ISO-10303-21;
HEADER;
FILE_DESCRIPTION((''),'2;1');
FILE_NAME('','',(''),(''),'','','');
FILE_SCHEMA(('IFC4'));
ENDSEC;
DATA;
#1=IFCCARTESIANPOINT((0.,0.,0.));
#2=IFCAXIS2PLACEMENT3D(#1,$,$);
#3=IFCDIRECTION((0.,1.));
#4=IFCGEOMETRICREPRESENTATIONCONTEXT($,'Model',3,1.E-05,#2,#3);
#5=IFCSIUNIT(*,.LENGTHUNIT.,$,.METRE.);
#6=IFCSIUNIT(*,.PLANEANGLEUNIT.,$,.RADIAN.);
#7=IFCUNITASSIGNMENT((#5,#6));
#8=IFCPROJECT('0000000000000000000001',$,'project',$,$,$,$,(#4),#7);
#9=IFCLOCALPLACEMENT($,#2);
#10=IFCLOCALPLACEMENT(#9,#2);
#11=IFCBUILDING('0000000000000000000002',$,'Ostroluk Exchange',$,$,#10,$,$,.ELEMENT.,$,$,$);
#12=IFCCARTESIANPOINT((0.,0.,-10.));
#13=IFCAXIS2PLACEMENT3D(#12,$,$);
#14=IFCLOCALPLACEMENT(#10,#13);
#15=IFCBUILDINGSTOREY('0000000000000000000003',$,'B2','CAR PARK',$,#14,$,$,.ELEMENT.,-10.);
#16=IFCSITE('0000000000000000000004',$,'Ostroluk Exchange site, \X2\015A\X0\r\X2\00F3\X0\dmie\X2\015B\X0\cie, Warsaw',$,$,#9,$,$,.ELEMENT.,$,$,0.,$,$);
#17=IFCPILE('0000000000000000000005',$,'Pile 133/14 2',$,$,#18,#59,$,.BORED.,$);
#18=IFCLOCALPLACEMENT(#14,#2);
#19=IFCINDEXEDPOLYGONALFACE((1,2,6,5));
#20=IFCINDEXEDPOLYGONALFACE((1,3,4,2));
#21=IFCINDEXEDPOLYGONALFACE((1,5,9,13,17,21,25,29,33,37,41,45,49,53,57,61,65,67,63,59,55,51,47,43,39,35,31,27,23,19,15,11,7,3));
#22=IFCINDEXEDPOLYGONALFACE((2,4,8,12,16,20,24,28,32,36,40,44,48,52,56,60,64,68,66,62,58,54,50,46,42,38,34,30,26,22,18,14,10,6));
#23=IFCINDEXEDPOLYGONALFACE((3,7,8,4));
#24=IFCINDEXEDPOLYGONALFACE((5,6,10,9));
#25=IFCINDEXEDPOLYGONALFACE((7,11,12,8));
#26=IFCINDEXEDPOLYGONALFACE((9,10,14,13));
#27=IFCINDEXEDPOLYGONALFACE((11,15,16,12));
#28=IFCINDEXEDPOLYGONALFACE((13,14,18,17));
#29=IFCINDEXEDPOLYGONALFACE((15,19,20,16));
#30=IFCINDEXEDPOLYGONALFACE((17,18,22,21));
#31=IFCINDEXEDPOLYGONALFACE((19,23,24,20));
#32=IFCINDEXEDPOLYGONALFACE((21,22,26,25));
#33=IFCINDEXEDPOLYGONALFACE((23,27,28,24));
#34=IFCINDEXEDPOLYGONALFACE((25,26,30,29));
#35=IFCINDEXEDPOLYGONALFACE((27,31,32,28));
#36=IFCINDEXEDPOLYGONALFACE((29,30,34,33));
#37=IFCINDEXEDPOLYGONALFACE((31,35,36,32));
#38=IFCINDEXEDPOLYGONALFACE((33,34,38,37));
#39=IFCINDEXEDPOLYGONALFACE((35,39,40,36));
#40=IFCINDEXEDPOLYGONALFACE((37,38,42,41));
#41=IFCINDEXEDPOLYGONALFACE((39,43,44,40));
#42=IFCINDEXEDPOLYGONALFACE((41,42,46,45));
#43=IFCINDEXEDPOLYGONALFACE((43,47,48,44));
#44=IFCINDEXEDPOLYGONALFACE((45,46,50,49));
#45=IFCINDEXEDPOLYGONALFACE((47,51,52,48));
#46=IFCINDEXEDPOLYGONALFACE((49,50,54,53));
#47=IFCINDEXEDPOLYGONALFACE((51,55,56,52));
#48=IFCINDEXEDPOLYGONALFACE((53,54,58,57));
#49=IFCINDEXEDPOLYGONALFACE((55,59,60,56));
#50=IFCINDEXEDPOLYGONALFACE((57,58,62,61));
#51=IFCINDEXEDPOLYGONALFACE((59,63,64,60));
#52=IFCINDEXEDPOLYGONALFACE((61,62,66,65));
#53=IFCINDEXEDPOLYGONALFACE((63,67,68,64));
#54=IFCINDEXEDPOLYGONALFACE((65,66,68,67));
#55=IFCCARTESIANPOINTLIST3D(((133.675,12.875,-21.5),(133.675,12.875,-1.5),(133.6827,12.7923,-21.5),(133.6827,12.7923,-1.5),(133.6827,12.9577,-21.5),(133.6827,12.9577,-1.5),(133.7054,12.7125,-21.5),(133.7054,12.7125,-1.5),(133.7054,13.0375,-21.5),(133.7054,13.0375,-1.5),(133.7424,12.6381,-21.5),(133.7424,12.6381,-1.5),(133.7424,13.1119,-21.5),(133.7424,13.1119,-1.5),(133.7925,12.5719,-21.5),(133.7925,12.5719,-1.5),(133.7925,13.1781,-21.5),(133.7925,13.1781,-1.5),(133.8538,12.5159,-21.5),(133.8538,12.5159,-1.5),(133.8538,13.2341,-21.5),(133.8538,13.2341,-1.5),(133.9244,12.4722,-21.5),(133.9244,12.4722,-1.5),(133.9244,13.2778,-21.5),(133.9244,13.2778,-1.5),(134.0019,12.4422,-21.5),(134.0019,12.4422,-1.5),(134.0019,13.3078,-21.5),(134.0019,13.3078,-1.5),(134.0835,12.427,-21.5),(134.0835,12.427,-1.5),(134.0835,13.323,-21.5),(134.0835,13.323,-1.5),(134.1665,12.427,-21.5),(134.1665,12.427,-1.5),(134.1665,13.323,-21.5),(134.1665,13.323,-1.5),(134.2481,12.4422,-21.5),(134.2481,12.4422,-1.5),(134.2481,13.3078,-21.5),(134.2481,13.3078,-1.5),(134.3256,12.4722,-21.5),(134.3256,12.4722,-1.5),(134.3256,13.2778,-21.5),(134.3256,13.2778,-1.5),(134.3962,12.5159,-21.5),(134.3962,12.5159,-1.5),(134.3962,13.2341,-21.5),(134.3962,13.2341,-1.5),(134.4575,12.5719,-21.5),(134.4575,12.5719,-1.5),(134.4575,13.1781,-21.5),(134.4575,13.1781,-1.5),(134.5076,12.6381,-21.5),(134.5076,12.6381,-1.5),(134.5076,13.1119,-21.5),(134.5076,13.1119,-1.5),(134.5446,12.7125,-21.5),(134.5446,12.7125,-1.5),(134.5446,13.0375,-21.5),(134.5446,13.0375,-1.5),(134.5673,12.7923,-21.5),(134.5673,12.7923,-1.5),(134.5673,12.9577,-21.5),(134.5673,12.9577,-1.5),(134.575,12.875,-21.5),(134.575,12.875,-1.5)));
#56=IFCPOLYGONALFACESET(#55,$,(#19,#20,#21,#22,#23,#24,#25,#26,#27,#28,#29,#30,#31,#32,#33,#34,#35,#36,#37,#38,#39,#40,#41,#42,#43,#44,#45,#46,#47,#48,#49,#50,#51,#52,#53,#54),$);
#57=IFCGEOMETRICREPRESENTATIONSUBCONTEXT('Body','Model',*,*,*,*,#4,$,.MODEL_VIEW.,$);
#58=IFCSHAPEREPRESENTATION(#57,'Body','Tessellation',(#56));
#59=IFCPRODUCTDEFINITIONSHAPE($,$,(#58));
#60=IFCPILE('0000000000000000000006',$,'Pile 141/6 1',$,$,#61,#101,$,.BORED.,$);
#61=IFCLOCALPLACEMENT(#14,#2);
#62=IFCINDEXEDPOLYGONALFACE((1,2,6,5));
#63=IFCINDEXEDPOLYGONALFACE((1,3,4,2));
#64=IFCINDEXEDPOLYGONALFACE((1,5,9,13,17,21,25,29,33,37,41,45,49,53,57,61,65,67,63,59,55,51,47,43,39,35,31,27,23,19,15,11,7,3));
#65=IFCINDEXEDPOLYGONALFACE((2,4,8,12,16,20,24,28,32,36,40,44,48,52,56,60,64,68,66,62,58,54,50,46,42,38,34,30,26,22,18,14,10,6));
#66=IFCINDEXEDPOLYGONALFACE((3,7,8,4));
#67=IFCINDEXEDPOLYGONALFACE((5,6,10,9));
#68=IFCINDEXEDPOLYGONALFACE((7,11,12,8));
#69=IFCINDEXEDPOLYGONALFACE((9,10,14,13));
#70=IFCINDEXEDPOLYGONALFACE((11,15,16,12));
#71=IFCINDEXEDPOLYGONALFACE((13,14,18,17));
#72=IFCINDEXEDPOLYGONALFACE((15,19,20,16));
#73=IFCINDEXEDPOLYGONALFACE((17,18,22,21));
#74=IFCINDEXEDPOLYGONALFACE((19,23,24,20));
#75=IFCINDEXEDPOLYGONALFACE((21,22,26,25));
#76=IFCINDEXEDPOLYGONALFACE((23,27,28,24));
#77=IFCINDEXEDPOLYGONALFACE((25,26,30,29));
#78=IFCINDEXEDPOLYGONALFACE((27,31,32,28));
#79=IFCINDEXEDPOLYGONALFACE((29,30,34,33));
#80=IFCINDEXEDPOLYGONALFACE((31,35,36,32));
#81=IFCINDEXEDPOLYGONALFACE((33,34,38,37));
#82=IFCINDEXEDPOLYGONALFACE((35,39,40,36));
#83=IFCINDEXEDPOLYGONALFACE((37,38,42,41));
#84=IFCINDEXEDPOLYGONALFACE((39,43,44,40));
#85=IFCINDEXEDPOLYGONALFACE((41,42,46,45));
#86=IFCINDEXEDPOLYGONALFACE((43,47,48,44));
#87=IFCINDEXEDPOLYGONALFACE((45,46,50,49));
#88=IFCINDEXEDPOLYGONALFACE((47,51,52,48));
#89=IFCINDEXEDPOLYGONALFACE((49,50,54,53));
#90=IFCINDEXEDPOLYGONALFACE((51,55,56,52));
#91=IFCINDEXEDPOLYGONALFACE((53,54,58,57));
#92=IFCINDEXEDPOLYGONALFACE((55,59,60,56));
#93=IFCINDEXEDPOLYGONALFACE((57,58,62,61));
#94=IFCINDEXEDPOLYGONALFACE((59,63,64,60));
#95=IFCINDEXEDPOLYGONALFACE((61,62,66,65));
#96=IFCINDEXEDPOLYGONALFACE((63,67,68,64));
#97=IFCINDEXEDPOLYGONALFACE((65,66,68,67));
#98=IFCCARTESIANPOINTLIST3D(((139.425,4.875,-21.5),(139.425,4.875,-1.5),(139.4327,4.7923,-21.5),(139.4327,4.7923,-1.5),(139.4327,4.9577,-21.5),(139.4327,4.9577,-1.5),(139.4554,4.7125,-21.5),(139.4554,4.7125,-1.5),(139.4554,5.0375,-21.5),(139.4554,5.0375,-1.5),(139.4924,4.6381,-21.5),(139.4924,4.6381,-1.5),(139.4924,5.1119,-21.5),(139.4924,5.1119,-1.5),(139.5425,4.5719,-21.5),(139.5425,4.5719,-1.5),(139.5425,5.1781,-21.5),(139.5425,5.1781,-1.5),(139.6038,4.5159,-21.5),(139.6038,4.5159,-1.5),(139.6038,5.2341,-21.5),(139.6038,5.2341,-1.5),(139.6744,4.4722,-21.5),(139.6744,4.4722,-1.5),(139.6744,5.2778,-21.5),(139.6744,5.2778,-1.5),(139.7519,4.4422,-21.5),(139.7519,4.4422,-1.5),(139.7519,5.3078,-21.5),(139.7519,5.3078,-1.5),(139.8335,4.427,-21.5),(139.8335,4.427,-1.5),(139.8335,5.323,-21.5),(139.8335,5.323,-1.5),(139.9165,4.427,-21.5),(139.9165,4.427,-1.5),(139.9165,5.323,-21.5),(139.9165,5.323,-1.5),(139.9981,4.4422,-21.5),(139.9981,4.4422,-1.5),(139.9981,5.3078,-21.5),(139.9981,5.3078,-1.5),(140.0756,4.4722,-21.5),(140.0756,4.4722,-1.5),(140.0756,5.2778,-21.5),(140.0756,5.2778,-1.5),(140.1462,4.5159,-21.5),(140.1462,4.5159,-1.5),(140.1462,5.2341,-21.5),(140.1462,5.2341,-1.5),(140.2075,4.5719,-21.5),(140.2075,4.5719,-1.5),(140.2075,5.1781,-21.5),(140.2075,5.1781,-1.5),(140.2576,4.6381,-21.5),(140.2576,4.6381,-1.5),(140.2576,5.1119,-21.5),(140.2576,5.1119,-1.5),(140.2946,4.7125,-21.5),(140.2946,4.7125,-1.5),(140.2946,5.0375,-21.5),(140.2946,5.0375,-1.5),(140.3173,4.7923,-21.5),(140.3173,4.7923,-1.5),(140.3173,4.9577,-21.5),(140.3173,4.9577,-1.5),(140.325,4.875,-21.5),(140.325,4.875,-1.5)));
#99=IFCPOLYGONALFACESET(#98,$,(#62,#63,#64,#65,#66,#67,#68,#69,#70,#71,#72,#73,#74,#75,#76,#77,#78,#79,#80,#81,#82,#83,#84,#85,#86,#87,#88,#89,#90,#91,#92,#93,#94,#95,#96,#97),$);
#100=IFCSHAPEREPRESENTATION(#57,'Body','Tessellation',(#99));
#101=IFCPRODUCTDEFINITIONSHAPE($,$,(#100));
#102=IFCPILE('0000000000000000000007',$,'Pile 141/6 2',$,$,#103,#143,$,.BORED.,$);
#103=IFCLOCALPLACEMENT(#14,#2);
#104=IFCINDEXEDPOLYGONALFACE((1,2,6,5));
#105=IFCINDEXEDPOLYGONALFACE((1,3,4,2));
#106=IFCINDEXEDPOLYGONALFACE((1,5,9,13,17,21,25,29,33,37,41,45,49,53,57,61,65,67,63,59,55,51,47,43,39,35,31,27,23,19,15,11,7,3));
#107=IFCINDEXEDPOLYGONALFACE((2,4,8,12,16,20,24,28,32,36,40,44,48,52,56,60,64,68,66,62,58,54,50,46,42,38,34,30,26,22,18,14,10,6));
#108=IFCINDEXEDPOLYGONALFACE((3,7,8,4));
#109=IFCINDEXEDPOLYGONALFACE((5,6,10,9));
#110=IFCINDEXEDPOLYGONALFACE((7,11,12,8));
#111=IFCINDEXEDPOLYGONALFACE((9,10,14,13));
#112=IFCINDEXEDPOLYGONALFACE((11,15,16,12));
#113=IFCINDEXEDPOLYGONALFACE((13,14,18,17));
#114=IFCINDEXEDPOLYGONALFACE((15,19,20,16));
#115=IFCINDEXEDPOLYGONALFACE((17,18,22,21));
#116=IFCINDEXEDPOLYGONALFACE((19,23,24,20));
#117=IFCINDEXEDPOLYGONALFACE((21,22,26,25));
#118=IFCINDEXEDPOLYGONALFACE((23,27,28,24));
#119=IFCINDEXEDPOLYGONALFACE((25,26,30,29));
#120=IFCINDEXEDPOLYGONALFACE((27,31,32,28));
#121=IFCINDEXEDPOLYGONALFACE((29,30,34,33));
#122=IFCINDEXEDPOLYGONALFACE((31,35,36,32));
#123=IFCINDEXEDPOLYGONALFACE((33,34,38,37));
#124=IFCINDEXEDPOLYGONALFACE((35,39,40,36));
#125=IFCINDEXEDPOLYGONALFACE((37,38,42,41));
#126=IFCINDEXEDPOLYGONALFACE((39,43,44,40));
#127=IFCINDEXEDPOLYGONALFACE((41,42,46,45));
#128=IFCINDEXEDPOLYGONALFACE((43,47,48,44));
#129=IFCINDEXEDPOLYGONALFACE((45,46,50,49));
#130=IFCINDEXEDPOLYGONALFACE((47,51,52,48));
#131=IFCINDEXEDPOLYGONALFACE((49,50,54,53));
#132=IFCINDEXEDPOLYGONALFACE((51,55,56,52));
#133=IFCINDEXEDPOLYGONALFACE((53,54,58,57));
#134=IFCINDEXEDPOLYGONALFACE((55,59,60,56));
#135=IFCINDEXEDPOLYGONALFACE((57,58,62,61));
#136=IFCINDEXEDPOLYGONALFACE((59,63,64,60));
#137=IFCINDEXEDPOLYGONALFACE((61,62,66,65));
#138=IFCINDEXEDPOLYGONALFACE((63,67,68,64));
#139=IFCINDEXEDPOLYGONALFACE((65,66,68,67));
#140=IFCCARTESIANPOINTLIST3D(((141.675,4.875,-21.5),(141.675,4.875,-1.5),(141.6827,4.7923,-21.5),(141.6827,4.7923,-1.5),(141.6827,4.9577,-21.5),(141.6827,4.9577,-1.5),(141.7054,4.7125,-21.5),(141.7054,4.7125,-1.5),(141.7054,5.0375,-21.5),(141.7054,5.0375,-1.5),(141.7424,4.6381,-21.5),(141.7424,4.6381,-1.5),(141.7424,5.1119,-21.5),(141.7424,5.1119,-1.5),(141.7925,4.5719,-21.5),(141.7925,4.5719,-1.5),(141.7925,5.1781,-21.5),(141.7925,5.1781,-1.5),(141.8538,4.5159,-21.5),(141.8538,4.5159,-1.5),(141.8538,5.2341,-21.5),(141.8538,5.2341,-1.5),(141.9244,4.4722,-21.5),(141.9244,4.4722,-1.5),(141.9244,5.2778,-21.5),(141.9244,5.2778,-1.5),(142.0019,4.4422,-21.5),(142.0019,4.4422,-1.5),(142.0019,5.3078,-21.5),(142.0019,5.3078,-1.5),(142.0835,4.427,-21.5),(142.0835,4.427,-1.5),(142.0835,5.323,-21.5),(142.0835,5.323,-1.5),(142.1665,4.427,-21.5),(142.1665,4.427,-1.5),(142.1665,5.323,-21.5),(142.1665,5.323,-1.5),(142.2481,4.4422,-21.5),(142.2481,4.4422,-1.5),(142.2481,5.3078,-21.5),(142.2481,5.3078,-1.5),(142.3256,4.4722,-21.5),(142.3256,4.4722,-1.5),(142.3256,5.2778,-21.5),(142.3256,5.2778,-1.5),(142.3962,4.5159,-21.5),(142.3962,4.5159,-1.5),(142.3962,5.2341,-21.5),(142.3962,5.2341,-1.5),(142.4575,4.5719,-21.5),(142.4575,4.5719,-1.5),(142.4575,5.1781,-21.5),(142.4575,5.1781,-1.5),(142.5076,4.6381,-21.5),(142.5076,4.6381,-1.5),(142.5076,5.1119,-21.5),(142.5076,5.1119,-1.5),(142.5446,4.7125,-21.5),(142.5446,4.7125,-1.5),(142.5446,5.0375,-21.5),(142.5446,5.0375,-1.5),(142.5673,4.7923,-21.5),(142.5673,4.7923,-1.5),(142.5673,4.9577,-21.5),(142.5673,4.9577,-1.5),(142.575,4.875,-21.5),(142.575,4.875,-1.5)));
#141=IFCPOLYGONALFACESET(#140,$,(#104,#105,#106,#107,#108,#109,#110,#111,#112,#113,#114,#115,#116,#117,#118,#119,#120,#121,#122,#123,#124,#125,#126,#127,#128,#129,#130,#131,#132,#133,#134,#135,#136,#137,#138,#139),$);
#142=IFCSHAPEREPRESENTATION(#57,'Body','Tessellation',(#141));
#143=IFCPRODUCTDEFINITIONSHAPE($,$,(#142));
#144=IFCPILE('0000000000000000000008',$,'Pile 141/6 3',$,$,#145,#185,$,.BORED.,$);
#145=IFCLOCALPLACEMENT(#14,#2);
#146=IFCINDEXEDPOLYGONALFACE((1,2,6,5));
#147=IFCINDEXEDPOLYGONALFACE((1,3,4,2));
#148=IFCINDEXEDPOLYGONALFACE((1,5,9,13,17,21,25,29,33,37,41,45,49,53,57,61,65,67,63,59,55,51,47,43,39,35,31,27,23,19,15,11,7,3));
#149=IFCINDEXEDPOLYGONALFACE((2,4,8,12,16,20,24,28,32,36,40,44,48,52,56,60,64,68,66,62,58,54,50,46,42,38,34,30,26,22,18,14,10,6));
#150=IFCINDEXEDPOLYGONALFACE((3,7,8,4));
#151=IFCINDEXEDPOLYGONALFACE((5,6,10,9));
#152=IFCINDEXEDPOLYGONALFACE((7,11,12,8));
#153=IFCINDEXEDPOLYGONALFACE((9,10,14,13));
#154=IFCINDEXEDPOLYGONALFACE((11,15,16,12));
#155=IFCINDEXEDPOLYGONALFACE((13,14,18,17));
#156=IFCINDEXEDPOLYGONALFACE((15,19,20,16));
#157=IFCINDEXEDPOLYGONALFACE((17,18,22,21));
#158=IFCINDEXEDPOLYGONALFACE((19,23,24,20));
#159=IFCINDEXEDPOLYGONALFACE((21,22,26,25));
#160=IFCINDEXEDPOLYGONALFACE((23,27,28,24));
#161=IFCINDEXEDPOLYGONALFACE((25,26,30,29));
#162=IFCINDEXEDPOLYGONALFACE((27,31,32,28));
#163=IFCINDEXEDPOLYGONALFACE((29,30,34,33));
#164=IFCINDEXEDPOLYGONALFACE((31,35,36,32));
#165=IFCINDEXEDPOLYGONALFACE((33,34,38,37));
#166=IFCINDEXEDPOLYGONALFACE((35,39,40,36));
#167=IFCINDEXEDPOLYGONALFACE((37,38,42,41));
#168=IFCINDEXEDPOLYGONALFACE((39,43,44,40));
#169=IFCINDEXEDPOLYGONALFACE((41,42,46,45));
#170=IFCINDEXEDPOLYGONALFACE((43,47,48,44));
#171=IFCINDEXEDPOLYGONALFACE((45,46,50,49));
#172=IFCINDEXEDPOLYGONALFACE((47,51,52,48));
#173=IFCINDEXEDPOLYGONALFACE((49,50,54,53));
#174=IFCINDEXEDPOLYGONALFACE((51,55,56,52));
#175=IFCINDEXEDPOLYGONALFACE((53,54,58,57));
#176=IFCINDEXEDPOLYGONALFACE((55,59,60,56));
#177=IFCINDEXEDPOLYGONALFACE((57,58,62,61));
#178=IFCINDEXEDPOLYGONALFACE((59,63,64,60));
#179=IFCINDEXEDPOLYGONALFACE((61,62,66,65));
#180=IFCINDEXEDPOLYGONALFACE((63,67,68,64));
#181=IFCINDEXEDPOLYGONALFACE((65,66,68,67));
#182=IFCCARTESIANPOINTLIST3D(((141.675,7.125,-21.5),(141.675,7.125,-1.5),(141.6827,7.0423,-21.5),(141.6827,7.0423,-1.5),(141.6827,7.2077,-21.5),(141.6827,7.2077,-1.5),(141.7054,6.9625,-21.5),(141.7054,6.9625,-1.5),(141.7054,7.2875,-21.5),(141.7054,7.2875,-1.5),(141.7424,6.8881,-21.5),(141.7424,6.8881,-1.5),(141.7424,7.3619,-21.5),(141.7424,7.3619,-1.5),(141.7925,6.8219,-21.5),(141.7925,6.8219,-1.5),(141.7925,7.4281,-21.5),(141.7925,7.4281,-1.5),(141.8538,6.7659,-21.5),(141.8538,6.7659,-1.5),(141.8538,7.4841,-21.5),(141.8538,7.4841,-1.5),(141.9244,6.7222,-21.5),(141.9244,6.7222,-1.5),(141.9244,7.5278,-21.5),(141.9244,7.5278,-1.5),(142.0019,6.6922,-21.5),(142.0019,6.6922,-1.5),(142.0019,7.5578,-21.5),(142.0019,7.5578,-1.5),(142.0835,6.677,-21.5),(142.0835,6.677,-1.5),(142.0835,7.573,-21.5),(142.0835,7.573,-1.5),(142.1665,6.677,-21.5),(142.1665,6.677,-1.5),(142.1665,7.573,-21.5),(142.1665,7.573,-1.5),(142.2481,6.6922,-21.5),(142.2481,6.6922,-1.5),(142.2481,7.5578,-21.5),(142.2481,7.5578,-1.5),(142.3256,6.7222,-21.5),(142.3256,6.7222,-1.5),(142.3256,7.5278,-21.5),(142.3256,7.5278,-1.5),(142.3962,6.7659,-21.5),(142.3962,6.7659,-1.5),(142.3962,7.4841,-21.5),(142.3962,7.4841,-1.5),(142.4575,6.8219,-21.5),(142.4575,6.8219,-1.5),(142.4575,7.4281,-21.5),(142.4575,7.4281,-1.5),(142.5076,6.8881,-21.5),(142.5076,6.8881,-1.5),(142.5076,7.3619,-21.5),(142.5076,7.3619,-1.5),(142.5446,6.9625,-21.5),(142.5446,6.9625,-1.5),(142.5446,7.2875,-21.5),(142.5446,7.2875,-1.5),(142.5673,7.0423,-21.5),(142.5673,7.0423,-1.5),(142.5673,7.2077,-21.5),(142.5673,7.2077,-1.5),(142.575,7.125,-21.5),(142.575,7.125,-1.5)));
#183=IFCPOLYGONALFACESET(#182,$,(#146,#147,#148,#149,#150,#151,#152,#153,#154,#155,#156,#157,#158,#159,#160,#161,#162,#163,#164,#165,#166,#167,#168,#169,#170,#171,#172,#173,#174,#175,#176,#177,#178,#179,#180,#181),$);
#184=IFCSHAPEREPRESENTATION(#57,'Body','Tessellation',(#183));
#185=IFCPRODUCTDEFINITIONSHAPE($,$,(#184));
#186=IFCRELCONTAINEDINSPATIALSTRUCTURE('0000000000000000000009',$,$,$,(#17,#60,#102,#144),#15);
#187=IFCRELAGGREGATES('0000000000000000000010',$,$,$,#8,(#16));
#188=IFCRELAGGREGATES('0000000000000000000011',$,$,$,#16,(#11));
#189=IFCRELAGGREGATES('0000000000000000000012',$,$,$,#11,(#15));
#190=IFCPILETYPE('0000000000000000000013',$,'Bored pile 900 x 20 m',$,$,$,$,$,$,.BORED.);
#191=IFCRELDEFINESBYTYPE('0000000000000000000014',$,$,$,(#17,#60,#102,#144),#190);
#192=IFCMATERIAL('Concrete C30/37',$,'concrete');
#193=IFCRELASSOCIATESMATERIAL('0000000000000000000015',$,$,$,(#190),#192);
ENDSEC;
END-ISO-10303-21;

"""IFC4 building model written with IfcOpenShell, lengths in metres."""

from ifc_helpers import new_model, si_unit, direction, frame, origin, origin_2d, place, context, subcontext, project, spatial, circle, extrude, material, type_object, element, save


model = new_model("IFC4")

# Units and contexts
model_context = context("Model", 3, precision=1e-05, world=origin(), true_north=direction((0.0, 1.0)))
body_context = subcontext(model_context, "Body", "Model", "MODEL_VIEW")
ifc_project = project(units=[si_unit("LENGTHUNIT", "METRE"), si_unit("PLANEANGLEUNIT", "RADIAN")], contexts=[model_context])

# Site, building, storey
site_placement = place(None, origin())
site = spatial("IfcSite", under=ifc_project, at=site_placement, Name="Ostroluk Exchange site, Śródmieście, Warsaw", CompositionType="ELEMENT", RefElevation=0.0)
building_placement = place(site_placement, origin())
building = spatial("IfcBuilding", under=site, at=building_placement, Name="Ostroluk Exchange", CompositionType="ELEMENT")
storey_placement = place(building_placement, frame((0.0, 0.0, -10.0)))
storey = spatial("IfcBuildingStorey", under=building, at=storey_placement, Name="B2", Description="CAR PARK", CompositionType="ELEMENT", Elevation=-10.0)

# Piles
ifc_material_1 = material(Name="Concrete C30/37", Category="concrete")
pile_type = type_object("IfcPileType", Name="Bored pile 900 x 20 m", PredefinedType="BORED", material=ifc_material_1)
for number, where, z_axis, x_axis, name in (
    (1, (134.125, 12.875, -1.5), (0.0, 0.0, -1.0), (1.0, 0.0, 0.0), "Pile 133/14 2"),
    (2, (139.875, 4.875, -1.5), (0.0, 0.0, -1.0), (1.0, 0.0, 0.0), "Pile 141/6 1"),
    (3, (142.125, 4.875, -1.5), (0.0, 0.0, -1.0), (1.0, 0.0, 0.0), "Pile 141/6 2"),
    (4, (142.125, 7.125, -1.5), (0.0, 0.0, -1.0), (1.0, 0.0, 0.0), "Pile 141/6 3"),
):
    element("IfcPile", number, at=place(storey_placement, frame(where, z_axis=z_axis, x_axis=x_axis)), inside=storey, type_object=pile_type, Name=name, PredefinedType="BORED", context=body_context, shape_type="SweptSolid", body=[
        extrude(circle(Radius=0.45, at=origin_2d()), origin(), (0.0, 0.0, 1.0), 20.0),
    ])

save(model, "model.ifc")
